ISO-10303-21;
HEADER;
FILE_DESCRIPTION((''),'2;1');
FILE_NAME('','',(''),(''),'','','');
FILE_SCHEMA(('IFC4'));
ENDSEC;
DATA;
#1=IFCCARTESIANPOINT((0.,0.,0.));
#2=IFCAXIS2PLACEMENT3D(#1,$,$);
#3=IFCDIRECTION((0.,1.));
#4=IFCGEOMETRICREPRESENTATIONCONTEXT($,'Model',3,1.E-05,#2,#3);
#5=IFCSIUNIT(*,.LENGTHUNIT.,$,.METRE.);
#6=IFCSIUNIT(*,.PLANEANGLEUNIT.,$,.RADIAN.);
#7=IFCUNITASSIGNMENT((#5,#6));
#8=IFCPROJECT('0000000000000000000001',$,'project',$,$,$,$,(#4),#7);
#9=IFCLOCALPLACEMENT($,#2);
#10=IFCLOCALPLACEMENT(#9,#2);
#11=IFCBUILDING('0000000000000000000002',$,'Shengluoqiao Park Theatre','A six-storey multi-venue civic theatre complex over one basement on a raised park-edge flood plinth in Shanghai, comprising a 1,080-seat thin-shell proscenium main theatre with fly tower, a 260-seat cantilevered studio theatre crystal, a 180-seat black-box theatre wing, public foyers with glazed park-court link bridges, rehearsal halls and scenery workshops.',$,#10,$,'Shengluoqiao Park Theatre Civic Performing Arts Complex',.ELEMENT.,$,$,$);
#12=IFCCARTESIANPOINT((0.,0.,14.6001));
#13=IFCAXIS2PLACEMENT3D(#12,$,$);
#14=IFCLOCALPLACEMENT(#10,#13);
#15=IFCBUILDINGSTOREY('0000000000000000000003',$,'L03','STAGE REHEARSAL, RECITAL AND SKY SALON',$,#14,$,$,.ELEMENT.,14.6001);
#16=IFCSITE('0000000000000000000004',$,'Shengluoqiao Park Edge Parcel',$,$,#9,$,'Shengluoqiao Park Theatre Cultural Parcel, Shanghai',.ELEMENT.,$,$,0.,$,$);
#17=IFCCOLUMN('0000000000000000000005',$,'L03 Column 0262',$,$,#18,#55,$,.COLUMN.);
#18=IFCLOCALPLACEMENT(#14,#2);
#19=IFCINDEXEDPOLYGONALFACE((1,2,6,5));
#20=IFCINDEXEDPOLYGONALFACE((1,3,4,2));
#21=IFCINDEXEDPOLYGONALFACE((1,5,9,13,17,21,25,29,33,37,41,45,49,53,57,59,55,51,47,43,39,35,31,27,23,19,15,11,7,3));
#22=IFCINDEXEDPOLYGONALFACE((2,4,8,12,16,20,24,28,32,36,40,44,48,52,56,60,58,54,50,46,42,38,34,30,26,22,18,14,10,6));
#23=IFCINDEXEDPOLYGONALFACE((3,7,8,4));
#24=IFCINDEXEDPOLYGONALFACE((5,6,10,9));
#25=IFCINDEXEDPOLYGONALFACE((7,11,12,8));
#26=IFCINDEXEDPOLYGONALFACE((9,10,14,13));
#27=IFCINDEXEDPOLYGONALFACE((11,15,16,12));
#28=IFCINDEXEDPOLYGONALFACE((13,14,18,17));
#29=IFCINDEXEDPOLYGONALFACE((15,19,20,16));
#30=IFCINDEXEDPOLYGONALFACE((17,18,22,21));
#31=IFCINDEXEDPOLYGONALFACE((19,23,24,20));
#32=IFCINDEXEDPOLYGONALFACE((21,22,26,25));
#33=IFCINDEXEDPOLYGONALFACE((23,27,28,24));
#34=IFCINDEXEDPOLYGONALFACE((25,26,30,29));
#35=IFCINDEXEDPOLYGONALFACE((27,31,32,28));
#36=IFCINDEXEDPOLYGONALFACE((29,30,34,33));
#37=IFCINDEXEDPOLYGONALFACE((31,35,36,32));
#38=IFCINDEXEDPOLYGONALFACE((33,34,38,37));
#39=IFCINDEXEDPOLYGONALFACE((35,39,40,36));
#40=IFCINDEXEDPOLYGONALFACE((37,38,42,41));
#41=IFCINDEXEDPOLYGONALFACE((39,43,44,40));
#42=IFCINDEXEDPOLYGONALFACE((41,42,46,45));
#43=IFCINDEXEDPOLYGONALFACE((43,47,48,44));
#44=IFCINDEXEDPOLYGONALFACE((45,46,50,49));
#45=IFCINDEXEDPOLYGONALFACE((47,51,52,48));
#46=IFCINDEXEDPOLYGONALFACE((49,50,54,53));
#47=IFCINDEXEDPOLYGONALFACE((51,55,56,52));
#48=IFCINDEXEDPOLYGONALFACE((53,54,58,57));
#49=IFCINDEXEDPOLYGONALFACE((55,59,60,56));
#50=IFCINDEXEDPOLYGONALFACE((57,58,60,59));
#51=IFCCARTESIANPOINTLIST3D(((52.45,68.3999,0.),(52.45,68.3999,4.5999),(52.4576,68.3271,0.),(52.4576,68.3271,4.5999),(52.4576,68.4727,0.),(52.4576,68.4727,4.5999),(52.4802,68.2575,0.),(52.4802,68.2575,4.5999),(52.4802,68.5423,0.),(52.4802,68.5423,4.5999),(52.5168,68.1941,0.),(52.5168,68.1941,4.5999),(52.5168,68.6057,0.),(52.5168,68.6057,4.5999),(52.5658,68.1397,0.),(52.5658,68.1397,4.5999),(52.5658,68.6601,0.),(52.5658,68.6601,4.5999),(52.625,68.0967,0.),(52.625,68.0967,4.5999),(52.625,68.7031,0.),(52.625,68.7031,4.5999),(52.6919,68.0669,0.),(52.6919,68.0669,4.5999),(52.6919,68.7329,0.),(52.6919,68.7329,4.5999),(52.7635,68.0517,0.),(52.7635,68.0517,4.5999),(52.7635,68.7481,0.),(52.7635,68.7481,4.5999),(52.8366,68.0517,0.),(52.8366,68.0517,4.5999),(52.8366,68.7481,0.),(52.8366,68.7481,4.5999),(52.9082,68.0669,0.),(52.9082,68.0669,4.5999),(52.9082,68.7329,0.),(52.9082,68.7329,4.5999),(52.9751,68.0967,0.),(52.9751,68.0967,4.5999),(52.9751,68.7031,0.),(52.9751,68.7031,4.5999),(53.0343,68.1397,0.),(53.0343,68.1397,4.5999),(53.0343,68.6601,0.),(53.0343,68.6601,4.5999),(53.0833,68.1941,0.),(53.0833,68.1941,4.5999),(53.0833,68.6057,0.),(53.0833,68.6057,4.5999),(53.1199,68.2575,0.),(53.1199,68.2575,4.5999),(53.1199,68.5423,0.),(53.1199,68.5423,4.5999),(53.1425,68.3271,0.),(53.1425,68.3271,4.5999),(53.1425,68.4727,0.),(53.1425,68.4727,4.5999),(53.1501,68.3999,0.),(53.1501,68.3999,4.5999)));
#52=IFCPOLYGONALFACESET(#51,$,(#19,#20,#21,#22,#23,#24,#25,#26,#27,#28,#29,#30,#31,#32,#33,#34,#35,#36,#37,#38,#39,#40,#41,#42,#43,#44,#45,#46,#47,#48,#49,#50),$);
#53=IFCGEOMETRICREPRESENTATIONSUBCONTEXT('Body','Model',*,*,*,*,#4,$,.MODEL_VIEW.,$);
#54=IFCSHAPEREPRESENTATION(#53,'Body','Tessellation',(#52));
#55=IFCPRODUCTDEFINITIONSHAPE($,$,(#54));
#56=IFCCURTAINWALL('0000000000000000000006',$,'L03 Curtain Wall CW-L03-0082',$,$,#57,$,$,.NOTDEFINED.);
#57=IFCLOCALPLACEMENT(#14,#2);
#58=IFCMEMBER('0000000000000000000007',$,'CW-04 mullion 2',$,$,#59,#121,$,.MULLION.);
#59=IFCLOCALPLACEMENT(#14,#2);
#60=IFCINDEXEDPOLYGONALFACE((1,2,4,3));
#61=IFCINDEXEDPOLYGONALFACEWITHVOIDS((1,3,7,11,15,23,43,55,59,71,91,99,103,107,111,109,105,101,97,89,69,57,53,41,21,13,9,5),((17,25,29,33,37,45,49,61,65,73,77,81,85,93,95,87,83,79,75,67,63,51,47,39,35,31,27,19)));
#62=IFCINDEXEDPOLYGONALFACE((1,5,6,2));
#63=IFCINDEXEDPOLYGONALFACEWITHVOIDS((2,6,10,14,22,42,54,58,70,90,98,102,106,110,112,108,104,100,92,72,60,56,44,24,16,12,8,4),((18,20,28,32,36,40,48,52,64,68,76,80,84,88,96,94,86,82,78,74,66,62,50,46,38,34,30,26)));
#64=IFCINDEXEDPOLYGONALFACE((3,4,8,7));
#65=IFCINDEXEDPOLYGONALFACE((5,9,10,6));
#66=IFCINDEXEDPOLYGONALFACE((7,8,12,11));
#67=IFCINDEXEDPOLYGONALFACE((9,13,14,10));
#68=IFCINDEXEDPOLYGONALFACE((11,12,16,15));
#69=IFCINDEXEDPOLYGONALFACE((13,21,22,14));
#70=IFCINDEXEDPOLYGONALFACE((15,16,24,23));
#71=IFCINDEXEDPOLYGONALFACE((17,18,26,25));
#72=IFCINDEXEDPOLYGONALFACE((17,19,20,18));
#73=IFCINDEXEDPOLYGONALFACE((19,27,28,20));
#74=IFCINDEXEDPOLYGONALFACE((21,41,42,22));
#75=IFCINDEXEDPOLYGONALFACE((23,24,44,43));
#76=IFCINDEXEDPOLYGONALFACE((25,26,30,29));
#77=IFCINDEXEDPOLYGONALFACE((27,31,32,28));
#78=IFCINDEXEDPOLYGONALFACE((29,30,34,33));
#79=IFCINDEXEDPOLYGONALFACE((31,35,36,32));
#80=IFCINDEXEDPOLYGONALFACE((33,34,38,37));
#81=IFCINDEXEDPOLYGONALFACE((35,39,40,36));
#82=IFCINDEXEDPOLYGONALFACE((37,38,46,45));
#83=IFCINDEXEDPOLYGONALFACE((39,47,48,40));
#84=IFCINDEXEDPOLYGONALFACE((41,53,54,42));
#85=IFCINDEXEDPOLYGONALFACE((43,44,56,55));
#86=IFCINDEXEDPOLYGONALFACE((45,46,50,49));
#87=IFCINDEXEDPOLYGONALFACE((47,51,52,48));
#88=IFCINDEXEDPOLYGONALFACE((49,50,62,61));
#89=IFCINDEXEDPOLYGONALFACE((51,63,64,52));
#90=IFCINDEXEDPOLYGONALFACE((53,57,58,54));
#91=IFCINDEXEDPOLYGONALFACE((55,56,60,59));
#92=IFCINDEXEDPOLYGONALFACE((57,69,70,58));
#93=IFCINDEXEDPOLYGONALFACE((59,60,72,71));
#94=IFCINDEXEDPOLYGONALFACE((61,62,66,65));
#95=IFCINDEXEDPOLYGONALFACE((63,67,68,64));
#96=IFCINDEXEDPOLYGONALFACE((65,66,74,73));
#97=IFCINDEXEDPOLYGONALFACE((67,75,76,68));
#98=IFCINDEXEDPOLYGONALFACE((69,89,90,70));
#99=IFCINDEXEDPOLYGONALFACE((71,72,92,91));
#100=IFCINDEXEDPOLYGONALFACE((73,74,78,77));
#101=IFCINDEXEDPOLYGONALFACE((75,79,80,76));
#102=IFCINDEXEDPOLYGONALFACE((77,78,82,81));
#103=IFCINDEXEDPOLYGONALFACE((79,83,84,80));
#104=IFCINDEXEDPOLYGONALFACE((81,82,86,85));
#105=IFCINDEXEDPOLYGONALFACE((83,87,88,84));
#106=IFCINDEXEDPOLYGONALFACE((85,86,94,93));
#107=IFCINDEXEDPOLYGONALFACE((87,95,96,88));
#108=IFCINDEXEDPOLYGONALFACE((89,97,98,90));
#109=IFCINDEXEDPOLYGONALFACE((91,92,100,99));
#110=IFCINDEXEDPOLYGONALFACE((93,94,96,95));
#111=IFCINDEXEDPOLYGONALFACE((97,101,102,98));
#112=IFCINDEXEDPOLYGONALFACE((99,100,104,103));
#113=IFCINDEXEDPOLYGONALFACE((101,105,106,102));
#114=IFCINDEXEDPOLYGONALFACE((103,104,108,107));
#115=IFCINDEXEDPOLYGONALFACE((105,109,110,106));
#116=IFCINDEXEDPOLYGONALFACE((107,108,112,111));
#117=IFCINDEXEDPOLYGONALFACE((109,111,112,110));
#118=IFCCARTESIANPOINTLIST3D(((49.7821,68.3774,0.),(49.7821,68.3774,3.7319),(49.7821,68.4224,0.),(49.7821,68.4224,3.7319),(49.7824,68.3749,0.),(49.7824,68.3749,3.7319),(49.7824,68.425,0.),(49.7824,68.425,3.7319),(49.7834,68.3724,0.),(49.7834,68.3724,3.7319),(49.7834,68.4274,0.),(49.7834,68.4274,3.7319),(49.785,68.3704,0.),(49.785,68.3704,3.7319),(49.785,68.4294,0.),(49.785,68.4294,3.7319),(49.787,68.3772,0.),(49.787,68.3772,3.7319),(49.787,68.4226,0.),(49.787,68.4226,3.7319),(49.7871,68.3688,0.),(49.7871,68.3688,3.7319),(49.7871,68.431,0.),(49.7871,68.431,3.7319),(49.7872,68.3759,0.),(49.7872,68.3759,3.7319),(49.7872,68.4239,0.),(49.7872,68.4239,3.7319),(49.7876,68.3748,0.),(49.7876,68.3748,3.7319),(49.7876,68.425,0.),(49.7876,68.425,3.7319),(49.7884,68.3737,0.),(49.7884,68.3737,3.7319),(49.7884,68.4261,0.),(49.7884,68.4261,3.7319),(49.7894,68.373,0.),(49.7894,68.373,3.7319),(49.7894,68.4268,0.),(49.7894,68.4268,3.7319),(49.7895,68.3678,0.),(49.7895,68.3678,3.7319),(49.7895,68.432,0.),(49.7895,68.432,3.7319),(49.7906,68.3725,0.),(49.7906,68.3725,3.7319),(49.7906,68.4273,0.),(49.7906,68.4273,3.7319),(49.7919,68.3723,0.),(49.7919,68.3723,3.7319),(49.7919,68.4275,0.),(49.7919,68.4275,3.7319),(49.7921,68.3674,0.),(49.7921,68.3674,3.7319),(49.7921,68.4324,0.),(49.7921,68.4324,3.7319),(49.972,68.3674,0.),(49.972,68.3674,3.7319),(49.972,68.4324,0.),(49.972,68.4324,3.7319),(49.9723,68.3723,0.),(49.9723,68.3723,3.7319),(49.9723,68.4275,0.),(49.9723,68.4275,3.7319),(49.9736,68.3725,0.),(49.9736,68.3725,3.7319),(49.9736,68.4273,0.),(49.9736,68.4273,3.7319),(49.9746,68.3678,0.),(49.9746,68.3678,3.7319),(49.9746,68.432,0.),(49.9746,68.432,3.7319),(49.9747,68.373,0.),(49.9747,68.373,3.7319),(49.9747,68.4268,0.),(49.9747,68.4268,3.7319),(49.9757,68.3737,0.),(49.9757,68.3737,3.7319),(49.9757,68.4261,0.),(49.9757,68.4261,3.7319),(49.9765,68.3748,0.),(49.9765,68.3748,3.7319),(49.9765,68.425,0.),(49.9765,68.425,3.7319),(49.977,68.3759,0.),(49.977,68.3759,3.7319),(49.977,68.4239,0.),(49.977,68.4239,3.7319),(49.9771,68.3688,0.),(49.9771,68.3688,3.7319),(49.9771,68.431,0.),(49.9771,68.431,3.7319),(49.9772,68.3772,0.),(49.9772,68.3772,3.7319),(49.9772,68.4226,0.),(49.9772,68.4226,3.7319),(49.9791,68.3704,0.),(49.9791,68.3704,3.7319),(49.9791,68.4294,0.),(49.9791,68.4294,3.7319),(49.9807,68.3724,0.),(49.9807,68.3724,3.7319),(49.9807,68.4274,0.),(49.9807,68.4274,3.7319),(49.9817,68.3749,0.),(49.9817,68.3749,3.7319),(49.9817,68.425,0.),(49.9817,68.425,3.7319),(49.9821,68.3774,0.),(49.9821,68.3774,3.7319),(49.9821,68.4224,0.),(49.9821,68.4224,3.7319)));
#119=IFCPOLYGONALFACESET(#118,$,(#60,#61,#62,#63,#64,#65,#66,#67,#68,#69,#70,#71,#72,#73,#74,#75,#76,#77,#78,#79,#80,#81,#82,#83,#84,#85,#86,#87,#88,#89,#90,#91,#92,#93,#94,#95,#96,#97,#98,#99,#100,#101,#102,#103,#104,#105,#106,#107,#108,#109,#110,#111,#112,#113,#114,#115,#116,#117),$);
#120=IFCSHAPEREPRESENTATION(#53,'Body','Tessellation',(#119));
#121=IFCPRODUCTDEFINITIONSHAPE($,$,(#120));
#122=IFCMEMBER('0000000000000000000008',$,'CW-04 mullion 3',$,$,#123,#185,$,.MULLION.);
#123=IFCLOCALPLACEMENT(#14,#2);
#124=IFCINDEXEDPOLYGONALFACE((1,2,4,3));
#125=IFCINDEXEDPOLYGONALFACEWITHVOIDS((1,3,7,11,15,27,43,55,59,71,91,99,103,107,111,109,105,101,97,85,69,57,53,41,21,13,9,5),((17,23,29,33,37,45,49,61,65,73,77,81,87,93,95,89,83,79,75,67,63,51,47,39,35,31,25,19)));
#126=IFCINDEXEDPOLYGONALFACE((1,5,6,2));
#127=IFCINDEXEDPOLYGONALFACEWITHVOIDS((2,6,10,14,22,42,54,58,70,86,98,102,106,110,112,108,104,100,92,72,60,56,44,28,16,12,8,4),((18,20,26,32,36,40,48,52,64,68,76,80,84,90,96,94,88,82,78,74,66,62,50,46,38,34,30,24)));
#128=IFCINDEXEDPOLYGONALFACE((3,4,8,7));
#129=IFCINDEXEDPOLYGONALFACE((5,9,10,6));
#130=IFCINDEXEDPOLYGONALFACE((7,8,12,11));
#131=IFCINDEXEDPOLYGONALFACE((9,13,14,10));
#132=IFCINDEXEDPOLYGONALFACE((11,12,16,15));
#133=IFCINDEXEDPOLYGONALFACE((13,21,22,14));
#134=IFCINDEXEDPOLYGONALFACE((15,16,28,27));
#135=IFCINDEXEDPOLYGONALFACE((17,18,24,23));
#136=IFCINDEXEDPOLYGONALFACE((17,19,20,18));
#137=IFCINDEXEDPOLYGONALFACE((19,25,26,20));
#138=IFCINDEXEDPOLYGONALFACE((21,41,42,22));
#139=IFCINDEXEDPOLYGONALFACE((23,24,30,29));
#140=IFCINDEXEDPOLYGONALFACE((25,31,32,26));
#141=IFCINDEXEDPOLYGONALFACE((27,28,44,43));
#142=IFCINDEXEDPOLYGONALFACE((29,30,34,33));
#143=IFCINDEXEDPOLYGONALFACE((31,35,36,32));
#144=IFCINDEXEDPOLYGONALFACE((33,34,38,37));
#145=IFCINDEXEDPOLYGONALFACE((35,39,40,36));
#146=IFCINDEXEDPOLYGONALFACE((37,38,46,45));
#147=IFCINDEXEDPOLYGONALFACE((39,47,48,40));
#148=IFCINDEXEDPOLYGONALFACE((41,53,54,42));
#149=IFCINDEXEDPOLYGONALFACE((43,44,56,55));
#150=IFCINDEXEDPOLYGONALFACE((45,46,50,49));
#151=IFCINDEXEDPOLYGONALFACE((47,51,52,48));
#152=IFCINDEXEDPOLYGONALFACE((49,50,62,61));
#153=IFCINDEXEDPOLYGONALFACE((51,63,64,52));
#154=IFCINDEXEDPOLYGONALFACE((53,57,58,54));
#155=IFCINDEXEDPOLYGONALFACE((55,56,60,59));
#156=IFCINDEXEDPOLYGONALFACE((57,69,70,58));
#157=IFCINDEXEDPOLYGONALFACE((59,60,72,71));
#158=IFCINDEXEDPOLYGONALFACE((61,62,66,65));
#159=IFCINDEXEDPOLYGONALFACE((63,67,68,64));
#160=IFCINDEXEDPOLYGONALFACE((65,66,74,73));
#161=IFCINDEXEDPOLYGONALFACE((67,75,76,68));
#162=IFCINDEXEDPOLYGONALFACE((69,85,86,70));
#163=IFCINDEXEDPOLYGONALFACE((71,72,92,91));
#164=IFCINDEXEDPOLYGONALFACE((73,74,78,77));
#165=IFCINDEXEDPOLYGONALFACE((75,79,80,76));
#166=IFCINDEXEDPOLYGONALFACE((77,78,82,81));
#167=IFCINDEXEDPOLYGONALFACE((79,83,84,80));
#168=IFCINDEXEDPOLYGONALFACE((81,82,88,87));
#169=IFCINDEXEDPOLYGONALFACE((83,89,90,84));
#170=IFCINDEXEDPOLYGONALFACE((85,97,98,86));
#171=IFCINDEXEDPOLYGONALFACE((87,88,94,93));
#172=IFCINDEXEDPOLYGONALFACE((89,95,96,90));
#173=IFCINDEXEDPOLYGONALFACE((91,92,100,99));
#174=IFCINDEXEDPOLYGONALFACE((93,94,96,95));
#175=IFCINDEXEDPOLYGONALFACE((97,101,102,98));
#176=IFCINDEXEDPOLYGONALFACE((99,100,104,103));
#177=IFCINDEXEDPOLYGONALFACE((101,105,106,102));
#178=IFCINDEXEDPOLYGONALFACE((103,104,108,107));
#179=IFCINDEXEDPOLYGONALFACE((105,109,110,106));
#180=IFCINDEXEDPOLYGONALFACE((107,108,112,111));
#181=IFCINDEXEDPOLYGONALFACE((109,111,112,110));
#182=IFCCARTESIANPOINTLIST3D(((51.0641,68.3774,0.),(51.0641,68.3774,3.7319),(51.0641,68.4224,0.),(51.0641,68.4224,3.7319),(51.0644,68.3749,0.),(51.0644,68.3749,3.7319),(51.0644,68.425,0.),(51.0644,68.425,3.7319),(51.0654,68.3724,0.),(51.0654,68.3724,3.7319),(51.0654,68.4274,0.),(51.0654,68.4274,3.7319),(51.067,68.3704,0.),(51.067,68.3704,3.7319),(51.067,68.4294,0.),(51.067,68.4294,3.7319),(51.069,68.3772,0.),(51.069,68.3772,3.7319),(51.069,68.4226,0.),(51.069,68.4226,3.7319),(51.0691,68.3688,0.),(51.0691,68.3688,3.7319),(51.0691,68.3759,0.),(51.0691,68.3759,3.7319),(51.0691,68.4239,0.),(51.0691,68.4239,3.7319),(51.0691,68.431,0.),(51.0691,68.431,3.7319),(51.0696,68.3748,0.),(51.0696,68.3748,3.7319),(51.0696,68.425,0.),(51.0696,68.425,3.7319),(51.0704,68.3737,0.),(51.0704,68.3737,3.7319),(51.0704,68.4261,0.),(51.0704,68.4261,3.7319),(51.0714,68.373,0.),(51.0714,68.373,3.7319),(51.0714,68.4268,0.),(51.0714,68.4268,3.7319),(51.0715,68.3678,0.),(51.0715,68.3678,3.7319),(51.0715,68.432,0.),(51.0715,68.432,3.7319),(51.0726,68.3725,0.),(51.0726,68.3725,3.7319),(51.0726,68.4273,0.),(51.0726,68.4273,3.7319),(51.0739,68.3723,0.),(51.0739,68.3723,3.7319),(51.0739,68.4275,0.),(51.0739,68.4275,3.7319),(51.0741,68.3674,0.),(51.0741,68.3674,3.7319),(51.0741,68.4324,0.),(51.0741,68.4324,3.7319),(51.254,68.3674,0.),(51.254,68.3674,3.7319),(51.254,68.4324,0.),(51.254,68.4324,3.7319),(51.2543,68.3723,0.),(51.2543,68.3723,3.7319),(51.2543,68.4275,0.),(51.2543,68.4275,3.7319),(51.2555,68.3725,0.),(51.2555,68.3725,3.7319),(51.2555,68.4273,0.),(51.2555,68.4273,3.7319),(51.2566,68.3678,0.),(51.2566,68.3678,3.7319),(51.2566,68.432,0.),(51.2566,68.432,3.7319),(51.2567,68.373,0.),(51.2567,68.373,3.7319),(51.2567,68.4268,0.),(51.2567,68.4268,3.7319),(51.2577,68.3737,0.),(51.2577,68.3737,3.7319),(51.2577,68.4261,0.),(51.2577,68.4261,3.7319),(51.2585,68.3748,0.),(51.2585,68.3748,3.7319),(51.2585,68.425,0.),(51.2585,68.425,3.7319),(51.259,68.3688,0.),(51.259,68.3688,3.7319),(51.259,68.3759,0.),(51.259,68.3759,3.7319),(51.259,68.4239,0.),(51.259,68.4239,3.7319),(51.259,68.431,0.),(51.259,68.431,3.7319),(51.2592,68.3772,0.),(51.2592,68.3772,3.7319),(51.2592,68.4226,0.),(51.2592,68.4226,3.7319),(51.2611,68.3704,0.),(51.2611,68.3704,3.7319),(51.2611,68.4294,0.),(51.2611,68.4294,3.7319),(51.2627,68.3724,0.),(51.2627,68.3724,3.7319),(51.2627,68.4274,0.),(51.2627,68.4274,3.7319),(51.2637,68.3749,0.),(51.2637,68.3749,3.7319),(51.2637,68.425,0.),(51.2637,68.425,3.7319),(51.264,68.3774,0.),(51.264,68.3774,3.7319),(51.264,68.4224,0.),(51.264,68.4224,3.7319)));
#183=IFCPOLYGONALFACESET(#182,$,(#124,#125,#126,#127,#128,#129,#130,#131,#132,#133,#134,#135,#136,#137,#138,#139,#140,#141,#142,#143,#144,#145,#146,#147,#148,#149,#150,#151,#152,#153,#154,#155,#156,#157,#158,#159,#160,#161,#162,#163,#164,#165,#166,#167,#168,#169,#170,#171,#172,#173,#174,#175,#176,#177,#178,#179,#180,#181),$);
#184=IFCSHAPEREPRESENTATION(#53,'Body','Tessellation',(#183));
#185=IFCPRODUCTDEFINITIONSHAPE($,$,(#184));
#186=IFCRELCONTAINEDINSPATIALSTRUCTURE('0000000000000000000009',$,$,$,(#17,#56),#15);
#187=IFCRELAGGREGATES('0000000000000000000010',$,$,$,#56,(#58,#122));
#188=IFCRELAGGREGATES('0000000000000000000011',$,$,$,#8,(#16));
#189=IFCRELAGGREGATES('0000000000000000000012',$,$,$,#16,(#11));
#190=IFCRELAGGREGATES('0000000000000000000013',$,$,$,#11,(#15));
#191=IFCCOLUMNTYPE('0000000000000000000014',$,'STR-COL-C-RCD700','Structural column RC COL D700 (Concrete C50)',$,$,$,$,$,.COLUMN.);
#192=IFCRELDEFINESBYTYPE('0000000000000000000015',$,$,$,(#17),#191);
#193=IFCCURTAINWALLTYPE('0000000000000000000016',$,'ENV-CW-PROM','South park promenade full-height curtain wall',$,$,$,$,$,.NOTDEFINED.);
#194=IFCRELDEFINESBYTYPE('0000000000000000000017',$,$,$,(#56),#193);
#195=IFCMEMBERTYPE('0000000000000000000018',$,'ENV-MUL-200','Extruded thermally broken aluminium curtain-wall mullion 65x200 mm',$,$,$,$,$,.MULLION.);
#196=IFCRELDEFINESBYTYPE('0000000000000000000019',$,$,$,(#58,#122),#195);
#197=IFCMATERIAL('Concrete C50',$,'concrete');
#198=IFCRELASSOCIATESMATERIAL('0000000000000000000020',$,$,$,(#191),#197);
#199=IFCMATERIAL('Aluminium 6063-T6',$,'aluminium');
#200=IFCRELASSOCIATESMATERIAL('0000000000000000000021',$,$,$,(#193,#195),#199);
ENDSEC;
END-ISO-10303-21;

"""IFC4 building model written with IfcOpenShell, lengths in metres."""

from ifc_helpers import new_model, si_unit, direction, frame, origin, origin_2d, place, context, subcontext, project, spatial, hollow_rectangle, circle, extrude, material, material_profile, profile_set, type_object, element, aggregate, save


model = new_model("IFC4")

# Units and contexts
model_context = context("Model", 3, precision=1e-05, world=origin(), true_north=direction((0.0, 1.0)))
body_context = subcontext(model_context, "Body", "Model", "MODEL_VIEW")
ifc_project = project(units=[si_unit("LENGTHUNIT", "METRE"), si_unit("PLANEANGLEUNIT", "RADIAN")], contexts=[model_context])

# Site, building, storey
site_placement = place(None, origin())
site = spatial("IfcSite", under=ifc_project, at=site_placement, Name="Shengluoqiao Park Edge Parcel", LongName="Shengluoqiao Park Theatre Cultural Parcel, Shanghai", CompositionType="ELEMENT", RefElevation=0.0)
building_placement = place(site_placement, origin())
building = spatial("IfcBuilding", under=site, at=building_placement, Name="Shengluoqiao Park Theatre", Description="A six-storey multi-venue civic theatre complex over one basement on a raised park-edge flood plinth in Shanghai, comprising a 1,080-seat thin-shell proscenium main theatre with fly tower, a 260-seat cantilevered studio theatre crystal, a 180-seat black-box theatre wing, public foyers with glazed park-court link bridges, rehearsal halls and scenery workshops.", LongName="Shengluoqiao Park Theatre Civic Performing Arts Complex", CompositionType="ELEMENT")
storey_placement = place(building_placement, frame((0.0, 0.0, 14.6001)))
storey = spatial("IfcBuildingStorey", under=building, at=storey_placement, Name="L03", Description="STAGE REHEARSAL, RECITAL AND SKY SALON", CompositionType="ELEMENT", Elevation=14.6001)

# Column
ifc_material_1 = material(Name="Concrete C50", Category="concrete")
ifc_material_profile_1 = material_profile(ifc_material_1, circle(Radius=0.3501, at=origin_2d()), Name="RC COL D700")
ifc_profile_set_1 = profile_set([ifc_material_profile_1], Name="Concrete C50")
column_type = type_object("IfcColumnType", Name="STR-COL-C-RCD700", Description="Structural column RC COL D700 (Concrete C50)", PredefinedType="COLUMN", material=ifc_profile_set_1)
column_placement = place(storey_placement, frame((52.8, 68.3999, 0.0), z_axis=(0.0, 0.0, 1.0), x_axis=(1.0, 0.0, 0.0)))
element("IfcColumn", 1, at=column_placement, inside=storey, type_object=column_type, Name="L03 Column 0262", PredefinedType="COLUMN", context=body_context, shape_type="SweptSolid", body=[
    extrude(circle(Radius=0.3501, at=origin_2d()), origin(), (0.0, 0.0, 1.0), 4.5999),
])

# Curtain wall, members
ifc_material_2 = material(Name="Aluminium 6063-T6", Category="aluminium")
curtain_wall_type = type_object("IfcCurtainWallType", Name="ENV-CW-PROM", Description="South park promenade full-height curtain wall", PredefinedType="NOTDEFINED", material=ifc_material_2)
curtain_wall_1_placement = place(storey_placement, origin())
curtain_wall_1 = element("IfcCurtainWall", 2, at=curtain_wall_1_placement, inside=storey, type_object=curtain_wall_type, Name="L03 Curtain Wall CW-L03-0082", PredefinedType="NOTDEFINED")
ifc_material_profile_2 = material_profile(ifc_material_2, hollow_rectangle(XDim=0.0649, YDim=0.2, WallThickness=0.0049, InnerFilletRadius=0.0049, OuterFilletRadius=0.01, at=origin_2d()), Name="ALU MULLION 200x65x5")
ifc_profile_set_2 = profile_set([ifc_material_profile_2], Name="Aluminium 6063-T6")
member_type_1 = type_object("IfcMemberType", Name="ENV-MUL-200", Description="Extruded thermally broken aluminium curtain-wall mullion 65x200 mm", PredefinedType="MULLION", material=ifc_profile_set_2)
member_1_placement = place(storey_placement, frame((49.8821, 68.3999, 0.0), z_axis=(0.0, 0.0, 1.0), x_axis=(0.0, 1.0, 0.0)))
member_1 = element("IfcMember", 3, at=member_1_placement, type_object=member_type_1, Name="CW-04 mullion 2", PredefinedType="MULLION", context=body_context, shape_type="SweptSolid", body=[
    extrude(hollow_rectangle(XDim=0.0649, YDim=0.2, WallThickness=0.0049, InnerFilletRadius=0.0049, OuterFilletRadius=0.01, at=origin_2d()), origin(), (0.0, 0.0, 1.0), 3.7319),
])
member_2_placement = place(storey_placement, frame((51.1641, 68.3999, 0.0), z_axis=(0.0, 0.0, 1.0), x_axis=(0.0, 1.0, 0.0)))
member_2 = element("IfcMember", 4, at=member_2_placement, type_object=member_type_1, Name="CW-04 mullion 3", PredefinedType="MULLION", context=body_context, shape_type="SweptSolid", body=[
    extrude(hollow_rectangle(XDim=0.0649, YDim=0.2, WallThickness=0.0049, InnerFilletRadius=0.0049, OuterFilletRadius=0.01, at=origin_2d()), origin(), (0.0, 0.0, 1.0), 3.7319),
])

aggregate(curtain_wall_1, [member_1, member_2])

save(model, "model.ifc")
